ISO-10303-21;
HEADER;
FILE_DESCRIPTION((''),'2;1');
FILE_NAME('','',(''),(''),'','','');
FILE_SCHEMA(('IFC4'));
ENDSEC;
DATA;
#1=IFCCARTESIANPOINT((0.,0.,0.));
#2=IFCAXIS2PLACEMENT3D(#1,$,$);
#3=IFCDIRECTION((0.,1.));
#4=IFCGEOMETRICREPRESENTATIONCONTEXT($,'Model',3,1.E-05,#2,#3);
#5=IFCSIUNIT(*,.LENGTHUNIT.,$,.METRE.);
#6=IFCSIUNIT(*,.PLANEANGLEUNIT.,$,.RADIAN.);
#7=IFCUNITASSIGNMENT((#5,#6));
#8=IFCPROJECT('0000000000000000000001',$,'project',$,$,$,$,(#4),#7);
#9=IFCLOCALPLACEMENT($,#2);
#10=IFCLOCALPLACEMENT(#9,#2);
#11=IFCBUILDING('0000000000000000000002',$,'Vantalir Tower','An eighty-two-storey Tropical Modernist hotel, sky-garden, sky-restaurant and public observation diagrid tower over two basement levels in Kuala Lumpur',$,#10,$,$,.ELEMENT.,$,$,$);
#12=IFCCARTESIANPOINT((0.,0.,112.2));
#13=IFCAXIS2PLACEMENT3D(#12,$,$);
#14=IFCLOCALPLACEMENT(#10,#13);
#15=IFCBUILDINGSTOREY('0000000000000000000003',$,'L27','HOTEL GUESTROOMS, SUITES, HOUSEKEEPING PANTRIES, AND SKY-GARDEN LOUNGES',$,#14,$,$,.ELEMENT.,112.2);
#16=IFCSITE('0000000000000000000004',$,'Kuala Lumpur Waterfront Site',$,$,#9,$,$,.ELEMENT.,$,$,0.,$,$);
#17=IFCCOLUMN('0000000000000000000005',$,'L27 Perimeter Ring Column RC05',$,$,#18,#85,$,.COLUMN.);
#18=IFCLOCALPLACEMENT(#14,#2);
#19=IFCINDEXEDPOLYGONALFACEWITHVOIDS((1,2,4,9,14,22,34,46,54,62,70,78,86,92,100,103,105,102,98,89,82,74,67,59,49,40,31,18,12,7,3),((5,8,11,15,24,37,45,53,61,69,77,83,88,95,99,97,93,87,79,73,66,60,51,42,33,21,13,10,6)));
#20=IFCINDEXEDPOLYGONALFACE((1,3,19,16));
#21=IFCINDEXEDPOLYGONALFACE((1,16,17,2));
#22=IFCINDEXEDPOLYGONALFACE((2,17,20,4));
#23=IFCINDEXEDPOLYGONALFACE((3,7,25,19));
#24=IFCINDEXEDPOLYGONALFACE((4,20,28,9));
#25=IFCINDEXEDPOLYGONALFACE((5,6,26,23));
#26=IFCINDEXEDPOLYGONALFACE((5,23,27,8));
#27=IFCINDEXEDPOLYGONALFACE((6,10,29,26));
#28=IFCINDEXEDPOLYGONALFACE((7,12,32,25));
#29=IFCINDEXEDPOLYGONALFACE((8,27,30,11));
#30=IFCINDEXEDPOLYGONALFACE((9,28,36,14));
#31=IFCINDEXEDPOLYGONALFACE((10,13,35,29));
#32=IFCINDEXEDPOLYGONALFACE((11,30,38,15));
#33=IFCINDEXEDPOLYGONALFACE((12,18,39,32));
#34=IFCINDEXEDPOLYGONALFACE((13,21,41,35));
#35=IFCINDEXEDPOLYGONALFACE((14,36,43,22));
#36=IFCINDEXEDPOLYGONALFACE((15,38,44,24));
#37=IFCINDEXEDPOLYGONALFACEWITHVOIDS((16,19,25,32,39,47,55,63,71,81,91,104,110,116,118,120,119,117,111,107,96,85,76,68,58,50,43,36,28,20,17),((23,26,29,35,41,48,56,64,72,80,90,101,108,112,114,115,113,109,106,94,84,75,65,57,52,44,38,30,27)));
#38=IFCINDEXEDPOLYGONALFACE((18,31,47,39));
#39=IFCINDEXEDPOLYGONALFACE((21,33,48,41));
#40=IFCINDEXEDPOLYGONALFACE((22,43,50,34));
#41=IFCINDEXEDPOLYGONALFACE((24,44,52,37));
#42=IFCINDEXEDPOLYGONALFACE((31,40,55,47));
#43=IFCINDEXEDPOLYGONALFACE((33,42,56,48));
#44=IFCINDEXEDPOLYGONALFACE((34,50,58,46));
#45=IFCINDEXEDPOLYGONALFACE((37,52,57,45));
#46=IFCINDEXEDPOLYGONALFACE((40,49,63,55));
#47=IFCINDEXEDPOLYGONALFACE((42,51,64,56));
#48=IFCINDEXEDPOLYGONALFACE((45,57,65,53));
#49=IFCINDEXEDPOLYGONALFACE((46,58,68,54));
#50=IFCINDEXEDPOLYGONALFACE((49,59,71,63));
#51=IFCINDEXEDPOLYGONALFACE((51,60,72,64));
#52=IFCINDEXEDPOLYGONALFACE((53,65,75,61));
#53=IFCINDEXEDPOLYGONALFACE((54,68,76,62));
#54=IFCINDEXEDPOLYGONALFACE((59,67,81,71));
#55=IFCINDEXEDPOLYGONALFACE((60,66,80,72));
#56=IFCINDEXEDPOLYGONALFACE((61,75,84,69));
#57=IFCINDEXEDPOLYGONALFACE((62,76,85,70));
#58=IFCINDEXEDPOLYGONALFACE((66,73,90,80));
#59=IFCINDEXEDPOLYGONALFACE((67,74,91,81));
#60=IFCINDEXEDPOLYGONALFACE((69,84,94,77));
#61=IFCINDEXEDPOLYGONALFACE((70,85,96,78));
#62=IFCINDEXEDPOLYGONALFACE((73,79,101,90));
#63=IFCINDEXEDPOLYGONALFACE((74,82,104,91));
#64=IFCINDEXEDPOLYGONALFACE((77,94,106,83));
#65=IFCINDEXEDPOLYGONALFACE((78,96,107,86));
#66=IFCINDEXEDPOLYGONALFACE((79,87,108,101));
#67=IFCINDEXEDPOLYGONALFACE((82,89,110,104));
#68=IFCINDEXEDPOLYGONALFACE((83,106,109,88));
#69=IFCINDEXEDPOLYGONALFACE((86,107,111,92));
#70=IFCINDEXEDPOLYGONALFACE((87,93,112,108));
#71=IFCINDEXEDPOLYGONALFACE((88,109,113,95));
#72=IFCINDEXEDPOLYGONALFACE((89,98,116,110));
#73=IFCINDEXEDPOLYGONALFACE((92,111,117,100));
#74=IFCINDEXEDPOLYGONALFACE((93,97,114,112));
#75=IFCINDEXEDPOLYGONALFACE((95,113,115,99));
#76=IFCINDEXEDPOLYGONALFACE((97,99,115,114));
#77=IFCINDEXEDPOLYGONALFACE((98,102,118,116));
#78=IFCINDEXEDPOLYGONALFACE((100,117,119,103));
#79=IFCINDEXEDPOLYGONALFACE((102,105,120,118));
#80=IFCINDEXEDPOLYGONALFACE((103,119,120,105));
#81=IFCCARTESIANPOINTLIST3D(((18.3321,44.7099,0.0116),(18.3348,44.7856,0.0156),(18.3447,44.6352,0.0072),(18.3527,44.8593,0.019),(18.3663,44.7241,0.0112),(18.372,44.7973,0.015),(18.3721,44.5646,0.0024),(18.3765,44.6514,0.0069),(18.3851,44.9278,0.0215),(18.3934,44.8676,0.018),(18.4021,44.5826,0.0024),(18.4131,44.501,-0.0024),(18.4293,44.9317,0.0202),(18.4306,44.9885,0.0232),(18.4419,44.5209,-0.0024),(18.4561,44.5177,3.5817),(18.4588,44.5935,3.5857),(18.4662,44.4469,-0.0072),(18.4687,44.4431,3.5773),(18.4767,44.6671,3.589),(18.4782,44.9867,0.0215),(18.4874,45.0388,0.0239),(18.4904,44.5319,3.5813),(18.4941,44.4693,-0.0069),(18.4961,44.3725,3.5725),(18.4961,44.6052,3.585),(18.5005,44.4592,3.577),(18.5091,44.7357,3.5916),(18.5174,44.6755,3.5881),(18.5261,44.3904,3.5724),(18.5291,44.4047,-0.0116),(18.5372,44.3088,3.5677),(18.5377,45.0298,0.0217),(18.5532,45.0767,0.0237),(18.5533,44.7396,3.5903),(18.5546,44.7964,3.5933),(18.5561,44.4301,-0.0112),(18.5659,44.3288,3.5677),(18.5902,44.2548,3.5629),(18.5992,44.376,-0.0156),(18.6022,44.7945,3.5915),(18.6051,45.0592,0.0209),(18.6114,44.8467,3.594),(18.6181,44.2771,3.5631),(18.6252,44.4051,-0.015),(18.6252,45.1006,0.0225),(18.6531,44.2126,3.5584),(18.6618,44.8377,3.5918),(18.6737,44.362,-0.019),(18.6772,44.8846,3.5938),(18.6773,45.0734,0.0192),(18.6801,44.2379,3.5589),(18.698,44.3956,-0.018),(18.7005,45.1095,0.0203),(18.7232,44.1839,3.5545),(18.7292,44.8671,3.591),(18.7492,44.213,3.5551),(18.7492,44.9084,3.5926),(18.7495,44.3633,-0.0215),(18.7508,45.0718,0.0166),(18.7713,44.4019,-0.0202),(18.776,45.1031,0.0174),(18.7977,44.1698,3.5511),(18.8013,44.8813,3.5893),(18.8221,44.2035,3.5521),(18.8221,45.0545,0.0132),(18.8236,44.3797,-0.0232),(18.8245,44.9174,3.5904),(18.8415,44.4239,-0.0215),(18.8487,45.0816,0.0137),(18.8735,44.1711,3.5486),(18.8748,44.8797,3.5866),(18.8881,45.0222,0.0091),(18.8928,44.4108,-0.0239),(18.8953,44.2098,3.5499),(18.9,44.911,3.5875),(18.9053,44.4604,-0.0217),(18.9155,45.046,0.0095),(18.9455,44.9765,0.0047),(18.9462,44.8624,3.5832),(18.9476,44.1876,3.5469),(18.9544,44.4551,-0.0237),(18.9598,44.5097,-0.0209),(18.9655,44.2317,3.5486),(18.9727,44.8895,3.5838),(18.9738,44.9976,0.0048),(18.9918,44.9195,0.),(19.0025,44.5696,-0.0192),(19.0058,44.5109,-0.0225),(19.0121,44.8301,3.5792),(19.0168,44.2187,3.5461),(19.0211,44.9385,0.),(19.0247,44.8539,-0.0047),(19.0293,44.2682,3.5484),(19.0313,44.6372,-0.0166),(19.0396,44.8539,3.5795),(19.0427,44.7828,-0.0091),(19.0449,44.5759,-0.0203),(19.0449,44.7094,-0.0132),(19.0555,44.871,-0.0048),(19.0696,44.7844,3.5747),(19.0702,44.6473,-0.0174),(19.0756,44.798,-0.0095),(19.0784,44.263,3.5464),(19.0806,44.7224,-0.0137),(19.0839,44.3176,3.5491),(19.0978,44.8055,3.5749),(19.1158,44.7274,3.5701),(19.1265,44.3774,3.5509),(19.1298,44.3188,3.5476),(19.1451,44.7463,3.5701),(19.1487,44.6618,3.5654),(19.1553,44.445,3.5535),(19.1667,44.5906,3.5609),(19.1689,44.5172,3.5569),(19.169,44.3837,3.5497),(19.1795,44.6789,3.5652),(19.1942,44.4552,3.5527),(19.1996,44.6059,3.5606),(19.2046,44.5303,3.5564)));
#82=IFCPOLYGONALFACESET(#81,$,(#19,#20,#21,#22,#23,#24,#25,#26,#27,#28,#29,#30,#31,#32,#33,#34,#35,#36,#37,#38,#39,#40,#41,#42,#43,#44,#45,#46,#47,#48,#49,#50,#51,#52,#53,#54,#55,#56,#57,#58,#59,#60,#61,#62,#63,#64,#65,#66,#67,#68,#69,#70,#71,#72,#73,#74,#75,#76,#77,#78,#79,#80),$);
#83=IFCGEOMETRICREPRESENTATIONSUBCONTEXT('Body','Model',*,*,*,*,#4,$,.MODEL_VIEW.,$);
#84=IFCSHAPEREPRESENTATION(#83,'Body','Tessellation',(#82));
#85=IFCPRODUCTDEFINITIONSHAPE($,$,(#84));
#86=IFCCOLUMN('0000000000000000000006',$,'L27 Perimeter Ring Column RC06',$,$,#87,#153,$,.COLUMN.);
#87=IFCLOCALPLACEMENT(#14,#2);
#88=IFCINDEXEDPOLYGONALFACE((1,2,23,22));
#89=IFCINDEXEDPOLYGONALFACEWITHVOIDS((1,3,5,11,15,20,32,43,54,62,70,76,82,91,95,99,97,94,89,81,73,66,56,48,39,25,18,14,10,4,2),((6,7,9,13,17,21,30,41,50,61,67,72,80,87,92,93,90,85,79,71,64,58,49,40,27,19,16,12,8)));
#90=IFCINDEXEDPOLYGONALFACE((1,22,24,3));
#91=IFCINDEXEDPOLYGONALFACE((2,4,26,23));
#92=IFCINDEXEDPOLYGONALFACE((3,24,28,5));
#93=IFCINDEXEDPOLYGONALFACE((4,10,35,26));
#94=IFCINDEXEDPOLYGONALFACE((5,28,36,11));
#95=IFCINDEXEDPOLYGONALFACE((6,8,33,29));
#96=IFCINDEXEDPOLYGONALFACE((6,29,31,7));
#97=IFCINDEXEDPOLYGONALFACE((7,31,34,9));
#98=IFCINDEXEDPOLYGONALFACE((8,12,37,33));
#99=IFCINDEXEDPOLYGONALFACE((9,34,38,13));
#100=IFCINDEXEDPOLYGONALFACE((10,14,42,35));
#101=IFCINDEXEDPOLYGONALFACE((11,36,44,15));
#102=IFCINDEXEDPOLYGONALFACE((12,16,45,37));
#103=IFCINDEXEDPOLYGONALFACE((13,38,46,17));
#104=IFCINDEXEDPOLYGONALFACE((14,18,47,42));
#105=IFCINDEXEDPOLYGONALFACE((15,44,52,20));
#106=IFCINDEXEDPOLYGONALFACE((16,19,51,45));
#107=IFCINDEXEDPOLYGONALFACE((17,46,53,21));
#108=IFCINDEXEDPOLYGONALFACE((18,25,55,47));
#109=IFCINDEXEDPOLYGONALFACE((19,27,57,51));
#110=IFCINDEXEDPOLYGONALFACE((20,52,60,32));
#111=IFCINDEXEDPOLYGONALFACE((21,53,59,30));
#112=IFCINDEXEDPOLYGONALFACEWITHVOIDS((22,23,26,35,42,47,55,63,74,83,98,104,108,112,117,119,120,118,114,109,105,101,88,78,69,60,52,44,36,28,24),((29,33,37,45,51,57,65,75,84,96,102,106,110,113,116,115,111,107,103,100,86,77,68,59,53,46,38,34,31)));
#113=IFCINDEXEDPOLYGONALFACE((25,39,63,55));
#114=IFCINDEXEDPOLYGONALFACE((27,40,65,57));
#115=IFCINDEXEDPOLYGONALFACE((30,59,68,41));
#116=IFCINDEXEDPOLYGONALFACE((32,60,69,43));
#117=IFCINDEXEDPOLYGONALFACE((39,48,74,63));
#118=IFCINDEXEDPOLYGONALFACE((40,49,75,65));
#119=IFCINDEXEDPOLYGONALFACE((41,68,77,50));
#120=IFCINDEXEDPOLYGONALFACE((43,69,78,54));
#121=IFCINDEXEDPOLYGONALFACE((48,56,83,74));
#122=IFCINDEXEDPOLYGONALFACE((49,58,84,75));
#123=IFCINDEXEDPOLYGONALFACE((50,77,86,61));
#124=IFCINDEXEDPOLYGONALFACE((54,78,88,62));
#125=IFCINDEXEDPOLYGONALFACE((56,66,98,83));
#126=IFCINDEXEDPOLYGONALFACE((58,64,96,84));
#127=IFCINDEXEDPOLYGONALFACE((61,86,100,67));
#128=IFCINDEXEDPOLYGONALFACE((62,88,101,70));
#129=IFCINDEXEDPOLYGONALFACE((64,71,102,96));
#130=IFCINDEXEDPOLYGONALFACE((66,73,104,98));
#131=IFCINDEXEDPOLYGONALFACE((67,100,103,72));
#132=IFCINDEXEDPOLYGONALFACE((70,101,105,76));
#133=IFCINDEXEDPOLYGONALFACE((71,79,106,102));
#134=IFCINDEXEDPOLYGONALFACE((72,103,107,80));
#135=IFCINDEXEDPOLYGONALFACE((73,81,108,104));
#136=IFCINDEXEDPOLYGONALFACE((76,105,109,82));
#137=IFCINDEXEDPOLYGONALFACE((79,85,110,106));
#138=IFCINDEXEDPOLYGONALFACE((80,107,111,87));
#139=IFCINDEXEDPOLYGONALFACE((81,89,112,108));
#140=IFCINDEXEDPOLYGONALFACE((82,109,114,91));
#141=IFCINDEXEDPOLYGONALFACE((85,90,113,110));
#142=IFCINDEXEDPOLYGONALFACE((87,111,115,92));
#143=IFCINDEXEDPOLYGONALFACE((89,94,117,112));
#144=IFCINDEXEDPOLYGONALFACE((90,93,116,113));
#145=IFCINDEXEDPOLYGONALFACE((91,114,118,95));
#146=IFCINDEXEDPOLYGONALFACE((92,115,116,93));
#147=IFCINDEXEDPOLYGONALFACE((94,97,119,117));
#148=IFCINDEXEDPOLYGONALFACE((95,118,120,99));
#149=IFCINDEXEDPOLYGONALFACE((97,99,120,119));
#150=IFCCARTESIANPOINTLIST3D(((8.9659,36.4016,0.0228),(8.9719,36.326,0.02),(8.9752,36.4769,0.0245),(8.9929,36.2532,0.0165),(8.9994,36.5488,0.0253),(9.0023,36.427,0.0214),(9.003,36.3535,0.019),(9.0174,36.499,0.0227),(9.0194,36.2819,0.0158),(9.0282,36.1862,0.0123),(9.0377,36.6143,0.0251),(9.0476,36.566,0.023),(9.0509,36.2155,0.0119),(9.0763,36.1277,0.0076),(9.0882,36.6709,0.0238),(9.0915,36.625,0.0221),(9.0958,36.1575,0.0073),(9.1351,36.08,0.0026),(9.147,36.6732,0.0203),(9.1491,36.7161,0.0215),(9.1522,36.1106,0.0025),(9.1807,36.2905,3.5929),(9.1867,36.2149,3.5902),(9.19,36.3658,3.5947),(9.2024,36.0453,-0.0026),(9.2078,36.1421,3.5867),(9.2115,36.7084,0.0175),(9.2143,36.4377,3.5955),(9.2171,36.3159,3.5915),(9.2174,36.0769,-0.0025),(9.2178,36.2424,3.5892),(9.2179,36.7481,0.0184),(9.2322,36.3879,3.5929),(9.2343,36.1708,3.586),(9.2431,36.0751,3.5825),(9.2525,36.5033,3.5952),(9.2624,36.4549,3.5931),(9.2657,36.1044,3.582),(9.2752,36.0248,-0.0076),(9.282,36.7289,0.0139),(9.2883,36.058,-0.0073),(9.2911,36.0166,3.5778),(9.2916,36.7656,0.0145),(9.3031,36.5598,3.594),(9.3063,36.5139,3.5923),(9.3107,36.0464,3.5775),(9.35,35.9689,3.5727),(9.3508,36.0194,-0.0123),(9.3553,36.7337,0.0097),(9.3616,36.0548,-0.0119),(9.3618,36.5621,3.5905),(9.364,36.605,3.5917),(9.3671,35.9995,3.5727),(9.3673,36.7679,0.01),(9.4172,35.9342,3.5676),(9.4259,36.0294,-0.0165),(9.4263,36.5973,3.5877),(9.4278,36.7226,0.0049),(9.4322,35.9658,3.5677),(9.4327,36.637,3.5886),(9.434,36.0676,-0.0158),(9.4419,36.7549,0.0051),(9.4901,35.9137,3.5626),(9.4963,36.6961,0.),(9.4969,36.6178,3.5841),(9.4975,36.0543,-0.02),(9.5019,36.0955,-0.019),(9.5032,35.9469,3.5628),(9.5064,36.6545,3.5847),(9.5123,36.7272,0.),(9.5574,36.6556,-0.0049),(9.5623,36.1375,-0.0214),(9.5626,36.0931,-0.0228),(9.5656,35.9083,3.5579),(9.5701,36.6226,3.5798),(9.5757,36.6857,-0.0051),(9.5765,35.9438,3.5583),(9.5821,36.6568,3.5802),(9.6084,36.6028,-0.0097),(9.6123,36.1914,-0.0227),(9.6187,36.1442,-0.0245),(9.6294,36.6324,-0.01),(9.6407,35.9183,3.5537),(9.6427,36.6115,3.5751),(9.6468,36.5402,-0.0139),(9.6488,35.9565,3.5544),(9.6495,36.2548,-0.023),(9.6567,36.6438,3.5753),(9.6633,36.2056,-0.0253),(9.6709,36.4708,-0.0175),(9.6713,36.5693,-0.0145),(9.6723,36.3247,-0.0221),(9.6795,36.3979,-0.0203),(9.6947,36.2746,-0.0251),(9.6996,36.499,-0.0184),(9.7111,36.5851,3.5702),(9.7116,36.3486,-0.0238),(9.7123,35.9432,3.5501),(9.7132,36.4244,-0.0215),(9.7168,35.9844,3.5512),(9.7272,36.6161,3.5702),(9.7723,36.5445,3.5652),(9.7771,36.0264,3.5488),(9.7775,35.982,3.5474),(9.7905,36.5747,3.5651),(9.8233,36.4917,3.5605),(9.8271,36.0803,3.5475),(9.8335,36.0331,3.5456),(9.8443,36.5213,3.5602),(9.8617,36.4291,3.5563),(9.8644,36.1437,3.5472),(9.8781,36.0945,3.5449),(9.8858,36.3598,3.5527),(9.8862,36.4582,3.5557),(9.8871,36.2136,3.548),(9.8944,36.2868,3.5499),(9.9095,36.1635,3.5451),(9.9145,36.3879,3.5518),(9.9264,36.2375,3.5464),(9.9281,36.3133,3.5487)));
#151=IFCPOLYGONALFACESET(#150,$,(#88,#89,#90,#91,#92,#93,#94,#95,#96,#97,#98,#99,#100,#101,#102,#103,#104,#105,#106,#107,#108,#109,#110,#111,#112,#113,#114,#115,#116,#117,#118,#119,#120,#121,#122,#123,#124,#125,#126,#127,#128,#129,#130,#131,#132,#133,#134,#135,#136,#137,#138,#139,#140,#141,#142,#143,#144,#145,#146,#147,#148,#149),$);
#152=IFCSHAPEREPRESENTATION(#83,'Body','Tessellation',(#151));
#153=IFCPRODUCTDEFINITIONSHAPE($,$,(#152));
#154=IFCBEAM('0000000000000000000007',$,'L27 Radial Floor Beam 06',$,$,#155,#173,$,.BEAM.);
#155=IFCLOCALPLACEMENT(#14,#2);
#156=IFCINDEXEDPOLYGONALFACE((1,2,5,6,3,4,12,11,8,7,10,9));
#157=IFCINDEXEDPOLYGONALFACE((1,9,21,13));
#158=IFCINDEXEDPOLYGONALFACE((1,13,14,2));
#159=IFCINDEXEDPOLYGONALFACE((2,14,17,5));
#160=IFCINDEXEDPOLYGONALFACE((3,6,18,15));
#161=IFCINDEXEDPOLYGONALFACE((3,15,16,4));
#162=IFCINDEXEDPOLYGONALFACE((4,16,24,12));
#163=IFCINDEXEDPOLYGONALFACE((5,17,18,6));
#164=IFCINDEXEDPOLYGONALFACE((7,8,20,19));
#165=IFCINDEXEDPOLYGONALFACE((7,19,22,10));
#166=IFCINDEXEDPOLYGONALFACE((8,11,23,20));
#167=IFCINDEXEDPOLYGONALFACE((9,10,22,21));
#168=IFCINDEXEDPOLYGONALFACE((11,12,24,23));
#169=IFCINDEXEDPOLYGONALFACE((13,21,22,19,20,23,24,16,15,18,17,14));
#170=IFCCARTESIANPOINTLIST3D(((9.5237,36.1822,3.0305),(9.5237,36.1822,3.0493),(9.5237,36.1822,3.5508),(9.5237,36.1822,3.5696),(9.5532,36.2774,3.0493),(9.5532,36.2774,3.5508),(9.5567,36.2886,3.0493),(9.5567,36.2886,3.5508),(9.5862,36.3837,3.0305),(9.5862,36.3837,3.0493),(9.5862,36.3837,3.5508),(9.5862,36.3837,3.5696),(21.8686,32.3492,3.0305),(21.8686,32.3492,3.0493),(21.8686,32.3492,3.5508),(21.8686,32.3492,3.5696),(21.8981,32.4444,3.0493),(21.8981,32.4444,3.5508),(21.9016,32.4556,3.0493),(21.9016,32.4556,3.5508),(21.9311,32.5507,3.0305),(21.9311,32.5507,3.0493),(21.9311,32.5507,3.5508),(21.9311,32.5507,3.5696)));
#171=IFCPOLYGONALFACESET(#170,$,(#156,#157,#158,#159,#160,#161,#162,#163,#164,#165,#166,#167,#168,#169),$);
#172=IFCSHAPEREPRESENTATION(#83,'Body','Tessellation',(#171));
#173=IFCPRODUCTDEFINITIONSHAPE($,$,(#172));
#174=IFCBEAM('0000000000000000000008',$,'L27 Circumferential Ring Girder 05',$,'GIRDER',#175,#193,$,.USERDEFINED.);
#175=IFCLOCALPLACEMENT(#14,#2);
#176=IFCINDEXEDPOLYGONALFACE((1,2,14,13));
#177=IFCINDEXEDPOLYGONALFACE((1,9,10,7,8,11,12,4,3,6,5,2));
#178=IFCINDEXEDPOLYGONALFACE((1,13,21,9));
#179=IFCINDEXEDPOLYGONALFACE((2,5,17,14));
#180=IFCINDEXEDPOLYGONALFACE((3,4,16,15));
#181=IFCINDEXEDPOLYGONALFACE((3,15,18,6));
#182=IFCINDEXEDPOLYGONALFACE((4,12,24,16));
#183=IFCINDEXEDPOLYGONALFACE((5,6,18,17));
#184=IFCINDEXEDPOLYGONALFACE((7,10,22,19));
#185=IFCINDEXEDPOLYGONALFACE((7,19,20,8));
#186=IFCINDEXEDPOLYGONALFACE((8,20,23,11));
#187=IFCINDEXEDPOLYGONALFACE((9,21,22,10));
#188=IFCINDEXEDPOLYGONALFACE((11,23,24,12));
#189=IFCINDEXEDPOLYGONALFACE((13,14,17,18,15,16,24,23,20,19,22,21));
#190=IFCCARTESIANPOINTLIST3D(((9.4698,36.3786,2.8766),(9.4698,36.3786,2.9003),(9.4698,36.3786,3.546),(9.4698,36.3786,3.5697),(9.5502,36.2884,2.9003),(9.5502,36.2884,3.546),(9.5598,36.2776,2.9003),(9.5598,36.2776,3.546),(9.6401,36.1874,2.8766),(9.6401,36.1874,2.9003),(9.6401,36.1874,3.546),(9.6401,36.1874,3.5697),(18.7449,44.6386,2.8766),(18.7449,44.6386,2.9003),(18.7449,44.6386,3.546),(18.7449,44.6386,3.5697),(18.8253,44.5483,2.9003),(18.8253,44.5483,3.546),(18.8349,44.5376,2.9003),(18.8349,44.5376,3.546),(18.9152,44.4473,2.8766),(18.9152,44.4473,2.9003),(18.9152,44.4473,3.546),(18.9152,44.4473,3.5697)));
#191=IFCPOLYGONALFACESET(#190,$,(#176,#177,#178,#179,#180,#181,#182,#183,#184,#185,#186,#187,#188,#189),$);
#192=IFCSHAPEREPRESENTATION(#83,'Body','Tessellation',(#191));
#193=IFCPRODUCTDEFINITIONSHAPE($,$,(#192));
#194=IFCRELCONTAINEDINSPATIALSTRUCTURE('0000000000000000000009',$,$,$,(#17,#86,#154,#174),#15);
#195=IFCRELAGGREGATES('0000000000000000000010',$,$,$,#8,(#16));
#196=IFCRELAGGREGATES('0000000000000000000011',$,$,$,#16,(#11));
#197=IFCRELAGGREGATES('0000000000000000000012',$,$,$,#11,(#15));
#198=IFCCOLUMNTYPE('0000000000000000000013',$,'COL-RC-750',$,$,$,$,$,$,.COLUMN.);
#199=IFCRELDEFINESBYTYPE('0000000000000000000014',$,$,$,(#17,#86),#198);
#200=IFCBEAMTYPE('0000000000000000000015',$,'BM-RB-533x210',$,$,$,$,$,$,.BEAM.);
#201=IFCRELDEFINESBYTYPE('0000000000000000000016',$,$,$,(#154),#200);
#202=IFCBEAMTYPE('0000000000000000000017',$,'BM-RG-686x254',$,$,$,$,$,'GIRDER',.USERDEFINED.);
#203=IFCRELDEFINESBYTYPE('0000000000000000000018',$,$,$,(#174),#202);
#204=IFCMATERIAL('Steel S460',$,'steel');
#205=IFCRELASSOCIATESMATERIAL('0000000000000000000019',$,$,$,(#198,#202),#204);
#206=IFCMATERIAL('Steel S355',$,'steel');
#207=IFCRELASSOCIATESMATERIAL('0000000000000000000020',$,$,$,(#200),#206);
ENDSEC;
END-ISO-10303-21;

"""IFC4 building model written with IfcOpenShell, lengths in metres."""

from ifc_helpers import new_model, si_unit, direction, frame, origin, origin_2d, place, context, subcontext, project, spatial, hollow_circle, i_section, extrude, material, material_profile, profile_set, type_object, element, save


model = new_model("IFC4")

# Units and contexts
model_context = context("Model", 3, precision=1e-05, world=origin(), true_north=direction((0.0, 1.0)))
body_context = subcontext(model_context, "Body", "Model", "MODEL_VIEW")
ifc_project = project(units=[si_unit("LENGTHUNIT", "METRE"), si_unit("PLANEANGLEUNIT", "RADIAN")], contexts=[model_context])

# Site, building, storey
site_placement = place(None, origin())
site = spatial("IfcSite", under=ifc_project, at=site_placement, Name="Kuala Lumpur Waterfront Site", CompositionType="ELEMENT", RefElevation=0.0)
building_placement = place(site_placement, origin())
building = spatial("IfcBuilding", under=site, at=building_placement, Name="Vantalir Tower", Description="An eighty-two-storey Tropical Modernist hotel, sky-garden, sky-restaurant and public observation diagrid tower over two basement levels in Kuala Lumpur", CompositionType="ELEMENT")
storey_placement = place(building_placement, frame((0.0, 0.0, 112.2)))
storey = spatial("IfcBuildingStorey", under=building, at=storey_placement, Name="L27", Description="HOTEL GUESTROOMS, SUITES, HOUSEKEEPING PANTRIES, AND SKY-GARDEN LOUNGES", CompositionType="ELEMENT", Elevation=112.2)

# Columns
ifc_material_1 = material(Name="Steel S460", Category="steel")
ifc_material_profile_1 = material_profile(ifc_material_1, hollow_circle(Radius=0.375, WallThickness=0.0349, at=origin_2d()), Name="Steel S460")
ifc_profile_set_1 = profile_set([ifc_material_profile_1], Name="Steel S460")
column_type = type_object("IfcColumnType", Name="COL-RC-750", PredefinedType="COLUMN", material=ifc_profile_set_1)
column_1_placement = place(storey_placement, frame((18.7061, 44.7351, 0.0), z_axis=(0.034669, -0.053709, 0.997955), x_axis=(0.840171, 0.542321, 0.0)))
element("IfcColumn", 1, at=column_1_placement, inside=storey, type_object=column_type, Name="L27 Perimeter Ring Column RC05", PredefinedType="COLUMN", context=body_context, shape_type="SweptSolid", body=[
    extrude(hollow_circle(Radius=0.375, WallThickness=0.0349, at=origin_2d()), origin(), (0.0, 0.0, 1.0), 3.5774),
])
column_2_placement = place(storey_placement, frame((9.3401, 36.394, 0.0), z_axis=(0.060042, -0.031044, 0.997713), x_axis=(0.459286, 0.888289, 0.0)))
element("IfcColumn", 2, at=column_2_placement, inside=storey, type_object=column_type, Name="L27 Perimeter Ring Column RC06", PredefinedType="COLUMN", context=body_context, shape_type="SweptSolid", body=[
    extrude(hollow_circle(Radius=0.375, WallThickness=0.0349, at=origin_2d()), origin(), (0.0, 0.0, 1.0), 3.5784),
])

# Beams
ifc_material_2 = material(Name="Steel S355", Category="steel")
ifc_material_profile_2 = material_profile(ifc_material_2, i_section(OverallWidth=0.2109, OverallDepth=0.5391, WebThickness=0.0117, FlangeThickness=0.0188, at=origin_2d()), Name="Steel S355")
ifc_profile_set_2 = profile_set([ifc_material_profile_2], Name="Steel S355")
beam_type_1 = type_object("IfcBeamType", Name="BM-RB-533x210", PredefinedType="BEAM", material=ifc_profile_set_2)
beam_1_placement = place(storey_placement, frame((9.5549, 36.283, 3.3), z_axis=(0.955024, -0.296527, 0.0), x_axis=(0.296527, 0.955024, 0.0)))
element("IfcBeam", 3, at=beam_1_placement, inside=storey, type_object=beam_type_1, Name="L27 Radial Floor Beam 06", PredefinedType="BEAM", context=body_context, shape_type="SweptSolid", body=[
    extrude(i_section(OverallWidth=0.2109, OverallDepth=0.5391, WebThickness=0.0117, FlangeThickness=0.0188, at=origin_2d()), origin(), (0.0, 0.0, 1.0), 12.9263),
])
ifc_material_profile_3 = material_profile(ifc_material_1, i_section(OverallWidth=0.2561, OverallDepth=0.6931, WebThickness=0.0144, FlangeThickness=0.0237, at=origin_2d()), Name="Steel S460")
ifc_profile_set_3 = profile_set([ifc_material_profile_3], Name="Steel S460")
beam_type_2 = type_object("IfcBeamType", Name="BM-RG-686x254", ElementType="GIRDER", PredefinedType="USERDEFINED", material=ifc_profile_set_3)
beam_2_placement = place(storey_placement, frame((18.8301, 44.543, 3.2231), z_axis=(-0.746792, -0.665058, 0.0), x_axis=(0.665058, -0.746792, 0.0)))
element("IfcBeam", 4, at=beam_2_placement, inside=storey, type_object=beam_type_2, Name="L27 Circumferential Ring Girder 05", ObjectType="GIRDER", PredefinedType="USERDEFINED", context=body_context, shape_type="SweptSolid", body=[
    extrude(i_section(OverallWidth=0.2561, OverallDepth=0.6931, WebThickness=0.0144, FlangeThickness=0.0237, at=origin_2d()), origin(), (0.0, 0.0, 1.0), 12.4199),
])

save(model, "model.ifc")
